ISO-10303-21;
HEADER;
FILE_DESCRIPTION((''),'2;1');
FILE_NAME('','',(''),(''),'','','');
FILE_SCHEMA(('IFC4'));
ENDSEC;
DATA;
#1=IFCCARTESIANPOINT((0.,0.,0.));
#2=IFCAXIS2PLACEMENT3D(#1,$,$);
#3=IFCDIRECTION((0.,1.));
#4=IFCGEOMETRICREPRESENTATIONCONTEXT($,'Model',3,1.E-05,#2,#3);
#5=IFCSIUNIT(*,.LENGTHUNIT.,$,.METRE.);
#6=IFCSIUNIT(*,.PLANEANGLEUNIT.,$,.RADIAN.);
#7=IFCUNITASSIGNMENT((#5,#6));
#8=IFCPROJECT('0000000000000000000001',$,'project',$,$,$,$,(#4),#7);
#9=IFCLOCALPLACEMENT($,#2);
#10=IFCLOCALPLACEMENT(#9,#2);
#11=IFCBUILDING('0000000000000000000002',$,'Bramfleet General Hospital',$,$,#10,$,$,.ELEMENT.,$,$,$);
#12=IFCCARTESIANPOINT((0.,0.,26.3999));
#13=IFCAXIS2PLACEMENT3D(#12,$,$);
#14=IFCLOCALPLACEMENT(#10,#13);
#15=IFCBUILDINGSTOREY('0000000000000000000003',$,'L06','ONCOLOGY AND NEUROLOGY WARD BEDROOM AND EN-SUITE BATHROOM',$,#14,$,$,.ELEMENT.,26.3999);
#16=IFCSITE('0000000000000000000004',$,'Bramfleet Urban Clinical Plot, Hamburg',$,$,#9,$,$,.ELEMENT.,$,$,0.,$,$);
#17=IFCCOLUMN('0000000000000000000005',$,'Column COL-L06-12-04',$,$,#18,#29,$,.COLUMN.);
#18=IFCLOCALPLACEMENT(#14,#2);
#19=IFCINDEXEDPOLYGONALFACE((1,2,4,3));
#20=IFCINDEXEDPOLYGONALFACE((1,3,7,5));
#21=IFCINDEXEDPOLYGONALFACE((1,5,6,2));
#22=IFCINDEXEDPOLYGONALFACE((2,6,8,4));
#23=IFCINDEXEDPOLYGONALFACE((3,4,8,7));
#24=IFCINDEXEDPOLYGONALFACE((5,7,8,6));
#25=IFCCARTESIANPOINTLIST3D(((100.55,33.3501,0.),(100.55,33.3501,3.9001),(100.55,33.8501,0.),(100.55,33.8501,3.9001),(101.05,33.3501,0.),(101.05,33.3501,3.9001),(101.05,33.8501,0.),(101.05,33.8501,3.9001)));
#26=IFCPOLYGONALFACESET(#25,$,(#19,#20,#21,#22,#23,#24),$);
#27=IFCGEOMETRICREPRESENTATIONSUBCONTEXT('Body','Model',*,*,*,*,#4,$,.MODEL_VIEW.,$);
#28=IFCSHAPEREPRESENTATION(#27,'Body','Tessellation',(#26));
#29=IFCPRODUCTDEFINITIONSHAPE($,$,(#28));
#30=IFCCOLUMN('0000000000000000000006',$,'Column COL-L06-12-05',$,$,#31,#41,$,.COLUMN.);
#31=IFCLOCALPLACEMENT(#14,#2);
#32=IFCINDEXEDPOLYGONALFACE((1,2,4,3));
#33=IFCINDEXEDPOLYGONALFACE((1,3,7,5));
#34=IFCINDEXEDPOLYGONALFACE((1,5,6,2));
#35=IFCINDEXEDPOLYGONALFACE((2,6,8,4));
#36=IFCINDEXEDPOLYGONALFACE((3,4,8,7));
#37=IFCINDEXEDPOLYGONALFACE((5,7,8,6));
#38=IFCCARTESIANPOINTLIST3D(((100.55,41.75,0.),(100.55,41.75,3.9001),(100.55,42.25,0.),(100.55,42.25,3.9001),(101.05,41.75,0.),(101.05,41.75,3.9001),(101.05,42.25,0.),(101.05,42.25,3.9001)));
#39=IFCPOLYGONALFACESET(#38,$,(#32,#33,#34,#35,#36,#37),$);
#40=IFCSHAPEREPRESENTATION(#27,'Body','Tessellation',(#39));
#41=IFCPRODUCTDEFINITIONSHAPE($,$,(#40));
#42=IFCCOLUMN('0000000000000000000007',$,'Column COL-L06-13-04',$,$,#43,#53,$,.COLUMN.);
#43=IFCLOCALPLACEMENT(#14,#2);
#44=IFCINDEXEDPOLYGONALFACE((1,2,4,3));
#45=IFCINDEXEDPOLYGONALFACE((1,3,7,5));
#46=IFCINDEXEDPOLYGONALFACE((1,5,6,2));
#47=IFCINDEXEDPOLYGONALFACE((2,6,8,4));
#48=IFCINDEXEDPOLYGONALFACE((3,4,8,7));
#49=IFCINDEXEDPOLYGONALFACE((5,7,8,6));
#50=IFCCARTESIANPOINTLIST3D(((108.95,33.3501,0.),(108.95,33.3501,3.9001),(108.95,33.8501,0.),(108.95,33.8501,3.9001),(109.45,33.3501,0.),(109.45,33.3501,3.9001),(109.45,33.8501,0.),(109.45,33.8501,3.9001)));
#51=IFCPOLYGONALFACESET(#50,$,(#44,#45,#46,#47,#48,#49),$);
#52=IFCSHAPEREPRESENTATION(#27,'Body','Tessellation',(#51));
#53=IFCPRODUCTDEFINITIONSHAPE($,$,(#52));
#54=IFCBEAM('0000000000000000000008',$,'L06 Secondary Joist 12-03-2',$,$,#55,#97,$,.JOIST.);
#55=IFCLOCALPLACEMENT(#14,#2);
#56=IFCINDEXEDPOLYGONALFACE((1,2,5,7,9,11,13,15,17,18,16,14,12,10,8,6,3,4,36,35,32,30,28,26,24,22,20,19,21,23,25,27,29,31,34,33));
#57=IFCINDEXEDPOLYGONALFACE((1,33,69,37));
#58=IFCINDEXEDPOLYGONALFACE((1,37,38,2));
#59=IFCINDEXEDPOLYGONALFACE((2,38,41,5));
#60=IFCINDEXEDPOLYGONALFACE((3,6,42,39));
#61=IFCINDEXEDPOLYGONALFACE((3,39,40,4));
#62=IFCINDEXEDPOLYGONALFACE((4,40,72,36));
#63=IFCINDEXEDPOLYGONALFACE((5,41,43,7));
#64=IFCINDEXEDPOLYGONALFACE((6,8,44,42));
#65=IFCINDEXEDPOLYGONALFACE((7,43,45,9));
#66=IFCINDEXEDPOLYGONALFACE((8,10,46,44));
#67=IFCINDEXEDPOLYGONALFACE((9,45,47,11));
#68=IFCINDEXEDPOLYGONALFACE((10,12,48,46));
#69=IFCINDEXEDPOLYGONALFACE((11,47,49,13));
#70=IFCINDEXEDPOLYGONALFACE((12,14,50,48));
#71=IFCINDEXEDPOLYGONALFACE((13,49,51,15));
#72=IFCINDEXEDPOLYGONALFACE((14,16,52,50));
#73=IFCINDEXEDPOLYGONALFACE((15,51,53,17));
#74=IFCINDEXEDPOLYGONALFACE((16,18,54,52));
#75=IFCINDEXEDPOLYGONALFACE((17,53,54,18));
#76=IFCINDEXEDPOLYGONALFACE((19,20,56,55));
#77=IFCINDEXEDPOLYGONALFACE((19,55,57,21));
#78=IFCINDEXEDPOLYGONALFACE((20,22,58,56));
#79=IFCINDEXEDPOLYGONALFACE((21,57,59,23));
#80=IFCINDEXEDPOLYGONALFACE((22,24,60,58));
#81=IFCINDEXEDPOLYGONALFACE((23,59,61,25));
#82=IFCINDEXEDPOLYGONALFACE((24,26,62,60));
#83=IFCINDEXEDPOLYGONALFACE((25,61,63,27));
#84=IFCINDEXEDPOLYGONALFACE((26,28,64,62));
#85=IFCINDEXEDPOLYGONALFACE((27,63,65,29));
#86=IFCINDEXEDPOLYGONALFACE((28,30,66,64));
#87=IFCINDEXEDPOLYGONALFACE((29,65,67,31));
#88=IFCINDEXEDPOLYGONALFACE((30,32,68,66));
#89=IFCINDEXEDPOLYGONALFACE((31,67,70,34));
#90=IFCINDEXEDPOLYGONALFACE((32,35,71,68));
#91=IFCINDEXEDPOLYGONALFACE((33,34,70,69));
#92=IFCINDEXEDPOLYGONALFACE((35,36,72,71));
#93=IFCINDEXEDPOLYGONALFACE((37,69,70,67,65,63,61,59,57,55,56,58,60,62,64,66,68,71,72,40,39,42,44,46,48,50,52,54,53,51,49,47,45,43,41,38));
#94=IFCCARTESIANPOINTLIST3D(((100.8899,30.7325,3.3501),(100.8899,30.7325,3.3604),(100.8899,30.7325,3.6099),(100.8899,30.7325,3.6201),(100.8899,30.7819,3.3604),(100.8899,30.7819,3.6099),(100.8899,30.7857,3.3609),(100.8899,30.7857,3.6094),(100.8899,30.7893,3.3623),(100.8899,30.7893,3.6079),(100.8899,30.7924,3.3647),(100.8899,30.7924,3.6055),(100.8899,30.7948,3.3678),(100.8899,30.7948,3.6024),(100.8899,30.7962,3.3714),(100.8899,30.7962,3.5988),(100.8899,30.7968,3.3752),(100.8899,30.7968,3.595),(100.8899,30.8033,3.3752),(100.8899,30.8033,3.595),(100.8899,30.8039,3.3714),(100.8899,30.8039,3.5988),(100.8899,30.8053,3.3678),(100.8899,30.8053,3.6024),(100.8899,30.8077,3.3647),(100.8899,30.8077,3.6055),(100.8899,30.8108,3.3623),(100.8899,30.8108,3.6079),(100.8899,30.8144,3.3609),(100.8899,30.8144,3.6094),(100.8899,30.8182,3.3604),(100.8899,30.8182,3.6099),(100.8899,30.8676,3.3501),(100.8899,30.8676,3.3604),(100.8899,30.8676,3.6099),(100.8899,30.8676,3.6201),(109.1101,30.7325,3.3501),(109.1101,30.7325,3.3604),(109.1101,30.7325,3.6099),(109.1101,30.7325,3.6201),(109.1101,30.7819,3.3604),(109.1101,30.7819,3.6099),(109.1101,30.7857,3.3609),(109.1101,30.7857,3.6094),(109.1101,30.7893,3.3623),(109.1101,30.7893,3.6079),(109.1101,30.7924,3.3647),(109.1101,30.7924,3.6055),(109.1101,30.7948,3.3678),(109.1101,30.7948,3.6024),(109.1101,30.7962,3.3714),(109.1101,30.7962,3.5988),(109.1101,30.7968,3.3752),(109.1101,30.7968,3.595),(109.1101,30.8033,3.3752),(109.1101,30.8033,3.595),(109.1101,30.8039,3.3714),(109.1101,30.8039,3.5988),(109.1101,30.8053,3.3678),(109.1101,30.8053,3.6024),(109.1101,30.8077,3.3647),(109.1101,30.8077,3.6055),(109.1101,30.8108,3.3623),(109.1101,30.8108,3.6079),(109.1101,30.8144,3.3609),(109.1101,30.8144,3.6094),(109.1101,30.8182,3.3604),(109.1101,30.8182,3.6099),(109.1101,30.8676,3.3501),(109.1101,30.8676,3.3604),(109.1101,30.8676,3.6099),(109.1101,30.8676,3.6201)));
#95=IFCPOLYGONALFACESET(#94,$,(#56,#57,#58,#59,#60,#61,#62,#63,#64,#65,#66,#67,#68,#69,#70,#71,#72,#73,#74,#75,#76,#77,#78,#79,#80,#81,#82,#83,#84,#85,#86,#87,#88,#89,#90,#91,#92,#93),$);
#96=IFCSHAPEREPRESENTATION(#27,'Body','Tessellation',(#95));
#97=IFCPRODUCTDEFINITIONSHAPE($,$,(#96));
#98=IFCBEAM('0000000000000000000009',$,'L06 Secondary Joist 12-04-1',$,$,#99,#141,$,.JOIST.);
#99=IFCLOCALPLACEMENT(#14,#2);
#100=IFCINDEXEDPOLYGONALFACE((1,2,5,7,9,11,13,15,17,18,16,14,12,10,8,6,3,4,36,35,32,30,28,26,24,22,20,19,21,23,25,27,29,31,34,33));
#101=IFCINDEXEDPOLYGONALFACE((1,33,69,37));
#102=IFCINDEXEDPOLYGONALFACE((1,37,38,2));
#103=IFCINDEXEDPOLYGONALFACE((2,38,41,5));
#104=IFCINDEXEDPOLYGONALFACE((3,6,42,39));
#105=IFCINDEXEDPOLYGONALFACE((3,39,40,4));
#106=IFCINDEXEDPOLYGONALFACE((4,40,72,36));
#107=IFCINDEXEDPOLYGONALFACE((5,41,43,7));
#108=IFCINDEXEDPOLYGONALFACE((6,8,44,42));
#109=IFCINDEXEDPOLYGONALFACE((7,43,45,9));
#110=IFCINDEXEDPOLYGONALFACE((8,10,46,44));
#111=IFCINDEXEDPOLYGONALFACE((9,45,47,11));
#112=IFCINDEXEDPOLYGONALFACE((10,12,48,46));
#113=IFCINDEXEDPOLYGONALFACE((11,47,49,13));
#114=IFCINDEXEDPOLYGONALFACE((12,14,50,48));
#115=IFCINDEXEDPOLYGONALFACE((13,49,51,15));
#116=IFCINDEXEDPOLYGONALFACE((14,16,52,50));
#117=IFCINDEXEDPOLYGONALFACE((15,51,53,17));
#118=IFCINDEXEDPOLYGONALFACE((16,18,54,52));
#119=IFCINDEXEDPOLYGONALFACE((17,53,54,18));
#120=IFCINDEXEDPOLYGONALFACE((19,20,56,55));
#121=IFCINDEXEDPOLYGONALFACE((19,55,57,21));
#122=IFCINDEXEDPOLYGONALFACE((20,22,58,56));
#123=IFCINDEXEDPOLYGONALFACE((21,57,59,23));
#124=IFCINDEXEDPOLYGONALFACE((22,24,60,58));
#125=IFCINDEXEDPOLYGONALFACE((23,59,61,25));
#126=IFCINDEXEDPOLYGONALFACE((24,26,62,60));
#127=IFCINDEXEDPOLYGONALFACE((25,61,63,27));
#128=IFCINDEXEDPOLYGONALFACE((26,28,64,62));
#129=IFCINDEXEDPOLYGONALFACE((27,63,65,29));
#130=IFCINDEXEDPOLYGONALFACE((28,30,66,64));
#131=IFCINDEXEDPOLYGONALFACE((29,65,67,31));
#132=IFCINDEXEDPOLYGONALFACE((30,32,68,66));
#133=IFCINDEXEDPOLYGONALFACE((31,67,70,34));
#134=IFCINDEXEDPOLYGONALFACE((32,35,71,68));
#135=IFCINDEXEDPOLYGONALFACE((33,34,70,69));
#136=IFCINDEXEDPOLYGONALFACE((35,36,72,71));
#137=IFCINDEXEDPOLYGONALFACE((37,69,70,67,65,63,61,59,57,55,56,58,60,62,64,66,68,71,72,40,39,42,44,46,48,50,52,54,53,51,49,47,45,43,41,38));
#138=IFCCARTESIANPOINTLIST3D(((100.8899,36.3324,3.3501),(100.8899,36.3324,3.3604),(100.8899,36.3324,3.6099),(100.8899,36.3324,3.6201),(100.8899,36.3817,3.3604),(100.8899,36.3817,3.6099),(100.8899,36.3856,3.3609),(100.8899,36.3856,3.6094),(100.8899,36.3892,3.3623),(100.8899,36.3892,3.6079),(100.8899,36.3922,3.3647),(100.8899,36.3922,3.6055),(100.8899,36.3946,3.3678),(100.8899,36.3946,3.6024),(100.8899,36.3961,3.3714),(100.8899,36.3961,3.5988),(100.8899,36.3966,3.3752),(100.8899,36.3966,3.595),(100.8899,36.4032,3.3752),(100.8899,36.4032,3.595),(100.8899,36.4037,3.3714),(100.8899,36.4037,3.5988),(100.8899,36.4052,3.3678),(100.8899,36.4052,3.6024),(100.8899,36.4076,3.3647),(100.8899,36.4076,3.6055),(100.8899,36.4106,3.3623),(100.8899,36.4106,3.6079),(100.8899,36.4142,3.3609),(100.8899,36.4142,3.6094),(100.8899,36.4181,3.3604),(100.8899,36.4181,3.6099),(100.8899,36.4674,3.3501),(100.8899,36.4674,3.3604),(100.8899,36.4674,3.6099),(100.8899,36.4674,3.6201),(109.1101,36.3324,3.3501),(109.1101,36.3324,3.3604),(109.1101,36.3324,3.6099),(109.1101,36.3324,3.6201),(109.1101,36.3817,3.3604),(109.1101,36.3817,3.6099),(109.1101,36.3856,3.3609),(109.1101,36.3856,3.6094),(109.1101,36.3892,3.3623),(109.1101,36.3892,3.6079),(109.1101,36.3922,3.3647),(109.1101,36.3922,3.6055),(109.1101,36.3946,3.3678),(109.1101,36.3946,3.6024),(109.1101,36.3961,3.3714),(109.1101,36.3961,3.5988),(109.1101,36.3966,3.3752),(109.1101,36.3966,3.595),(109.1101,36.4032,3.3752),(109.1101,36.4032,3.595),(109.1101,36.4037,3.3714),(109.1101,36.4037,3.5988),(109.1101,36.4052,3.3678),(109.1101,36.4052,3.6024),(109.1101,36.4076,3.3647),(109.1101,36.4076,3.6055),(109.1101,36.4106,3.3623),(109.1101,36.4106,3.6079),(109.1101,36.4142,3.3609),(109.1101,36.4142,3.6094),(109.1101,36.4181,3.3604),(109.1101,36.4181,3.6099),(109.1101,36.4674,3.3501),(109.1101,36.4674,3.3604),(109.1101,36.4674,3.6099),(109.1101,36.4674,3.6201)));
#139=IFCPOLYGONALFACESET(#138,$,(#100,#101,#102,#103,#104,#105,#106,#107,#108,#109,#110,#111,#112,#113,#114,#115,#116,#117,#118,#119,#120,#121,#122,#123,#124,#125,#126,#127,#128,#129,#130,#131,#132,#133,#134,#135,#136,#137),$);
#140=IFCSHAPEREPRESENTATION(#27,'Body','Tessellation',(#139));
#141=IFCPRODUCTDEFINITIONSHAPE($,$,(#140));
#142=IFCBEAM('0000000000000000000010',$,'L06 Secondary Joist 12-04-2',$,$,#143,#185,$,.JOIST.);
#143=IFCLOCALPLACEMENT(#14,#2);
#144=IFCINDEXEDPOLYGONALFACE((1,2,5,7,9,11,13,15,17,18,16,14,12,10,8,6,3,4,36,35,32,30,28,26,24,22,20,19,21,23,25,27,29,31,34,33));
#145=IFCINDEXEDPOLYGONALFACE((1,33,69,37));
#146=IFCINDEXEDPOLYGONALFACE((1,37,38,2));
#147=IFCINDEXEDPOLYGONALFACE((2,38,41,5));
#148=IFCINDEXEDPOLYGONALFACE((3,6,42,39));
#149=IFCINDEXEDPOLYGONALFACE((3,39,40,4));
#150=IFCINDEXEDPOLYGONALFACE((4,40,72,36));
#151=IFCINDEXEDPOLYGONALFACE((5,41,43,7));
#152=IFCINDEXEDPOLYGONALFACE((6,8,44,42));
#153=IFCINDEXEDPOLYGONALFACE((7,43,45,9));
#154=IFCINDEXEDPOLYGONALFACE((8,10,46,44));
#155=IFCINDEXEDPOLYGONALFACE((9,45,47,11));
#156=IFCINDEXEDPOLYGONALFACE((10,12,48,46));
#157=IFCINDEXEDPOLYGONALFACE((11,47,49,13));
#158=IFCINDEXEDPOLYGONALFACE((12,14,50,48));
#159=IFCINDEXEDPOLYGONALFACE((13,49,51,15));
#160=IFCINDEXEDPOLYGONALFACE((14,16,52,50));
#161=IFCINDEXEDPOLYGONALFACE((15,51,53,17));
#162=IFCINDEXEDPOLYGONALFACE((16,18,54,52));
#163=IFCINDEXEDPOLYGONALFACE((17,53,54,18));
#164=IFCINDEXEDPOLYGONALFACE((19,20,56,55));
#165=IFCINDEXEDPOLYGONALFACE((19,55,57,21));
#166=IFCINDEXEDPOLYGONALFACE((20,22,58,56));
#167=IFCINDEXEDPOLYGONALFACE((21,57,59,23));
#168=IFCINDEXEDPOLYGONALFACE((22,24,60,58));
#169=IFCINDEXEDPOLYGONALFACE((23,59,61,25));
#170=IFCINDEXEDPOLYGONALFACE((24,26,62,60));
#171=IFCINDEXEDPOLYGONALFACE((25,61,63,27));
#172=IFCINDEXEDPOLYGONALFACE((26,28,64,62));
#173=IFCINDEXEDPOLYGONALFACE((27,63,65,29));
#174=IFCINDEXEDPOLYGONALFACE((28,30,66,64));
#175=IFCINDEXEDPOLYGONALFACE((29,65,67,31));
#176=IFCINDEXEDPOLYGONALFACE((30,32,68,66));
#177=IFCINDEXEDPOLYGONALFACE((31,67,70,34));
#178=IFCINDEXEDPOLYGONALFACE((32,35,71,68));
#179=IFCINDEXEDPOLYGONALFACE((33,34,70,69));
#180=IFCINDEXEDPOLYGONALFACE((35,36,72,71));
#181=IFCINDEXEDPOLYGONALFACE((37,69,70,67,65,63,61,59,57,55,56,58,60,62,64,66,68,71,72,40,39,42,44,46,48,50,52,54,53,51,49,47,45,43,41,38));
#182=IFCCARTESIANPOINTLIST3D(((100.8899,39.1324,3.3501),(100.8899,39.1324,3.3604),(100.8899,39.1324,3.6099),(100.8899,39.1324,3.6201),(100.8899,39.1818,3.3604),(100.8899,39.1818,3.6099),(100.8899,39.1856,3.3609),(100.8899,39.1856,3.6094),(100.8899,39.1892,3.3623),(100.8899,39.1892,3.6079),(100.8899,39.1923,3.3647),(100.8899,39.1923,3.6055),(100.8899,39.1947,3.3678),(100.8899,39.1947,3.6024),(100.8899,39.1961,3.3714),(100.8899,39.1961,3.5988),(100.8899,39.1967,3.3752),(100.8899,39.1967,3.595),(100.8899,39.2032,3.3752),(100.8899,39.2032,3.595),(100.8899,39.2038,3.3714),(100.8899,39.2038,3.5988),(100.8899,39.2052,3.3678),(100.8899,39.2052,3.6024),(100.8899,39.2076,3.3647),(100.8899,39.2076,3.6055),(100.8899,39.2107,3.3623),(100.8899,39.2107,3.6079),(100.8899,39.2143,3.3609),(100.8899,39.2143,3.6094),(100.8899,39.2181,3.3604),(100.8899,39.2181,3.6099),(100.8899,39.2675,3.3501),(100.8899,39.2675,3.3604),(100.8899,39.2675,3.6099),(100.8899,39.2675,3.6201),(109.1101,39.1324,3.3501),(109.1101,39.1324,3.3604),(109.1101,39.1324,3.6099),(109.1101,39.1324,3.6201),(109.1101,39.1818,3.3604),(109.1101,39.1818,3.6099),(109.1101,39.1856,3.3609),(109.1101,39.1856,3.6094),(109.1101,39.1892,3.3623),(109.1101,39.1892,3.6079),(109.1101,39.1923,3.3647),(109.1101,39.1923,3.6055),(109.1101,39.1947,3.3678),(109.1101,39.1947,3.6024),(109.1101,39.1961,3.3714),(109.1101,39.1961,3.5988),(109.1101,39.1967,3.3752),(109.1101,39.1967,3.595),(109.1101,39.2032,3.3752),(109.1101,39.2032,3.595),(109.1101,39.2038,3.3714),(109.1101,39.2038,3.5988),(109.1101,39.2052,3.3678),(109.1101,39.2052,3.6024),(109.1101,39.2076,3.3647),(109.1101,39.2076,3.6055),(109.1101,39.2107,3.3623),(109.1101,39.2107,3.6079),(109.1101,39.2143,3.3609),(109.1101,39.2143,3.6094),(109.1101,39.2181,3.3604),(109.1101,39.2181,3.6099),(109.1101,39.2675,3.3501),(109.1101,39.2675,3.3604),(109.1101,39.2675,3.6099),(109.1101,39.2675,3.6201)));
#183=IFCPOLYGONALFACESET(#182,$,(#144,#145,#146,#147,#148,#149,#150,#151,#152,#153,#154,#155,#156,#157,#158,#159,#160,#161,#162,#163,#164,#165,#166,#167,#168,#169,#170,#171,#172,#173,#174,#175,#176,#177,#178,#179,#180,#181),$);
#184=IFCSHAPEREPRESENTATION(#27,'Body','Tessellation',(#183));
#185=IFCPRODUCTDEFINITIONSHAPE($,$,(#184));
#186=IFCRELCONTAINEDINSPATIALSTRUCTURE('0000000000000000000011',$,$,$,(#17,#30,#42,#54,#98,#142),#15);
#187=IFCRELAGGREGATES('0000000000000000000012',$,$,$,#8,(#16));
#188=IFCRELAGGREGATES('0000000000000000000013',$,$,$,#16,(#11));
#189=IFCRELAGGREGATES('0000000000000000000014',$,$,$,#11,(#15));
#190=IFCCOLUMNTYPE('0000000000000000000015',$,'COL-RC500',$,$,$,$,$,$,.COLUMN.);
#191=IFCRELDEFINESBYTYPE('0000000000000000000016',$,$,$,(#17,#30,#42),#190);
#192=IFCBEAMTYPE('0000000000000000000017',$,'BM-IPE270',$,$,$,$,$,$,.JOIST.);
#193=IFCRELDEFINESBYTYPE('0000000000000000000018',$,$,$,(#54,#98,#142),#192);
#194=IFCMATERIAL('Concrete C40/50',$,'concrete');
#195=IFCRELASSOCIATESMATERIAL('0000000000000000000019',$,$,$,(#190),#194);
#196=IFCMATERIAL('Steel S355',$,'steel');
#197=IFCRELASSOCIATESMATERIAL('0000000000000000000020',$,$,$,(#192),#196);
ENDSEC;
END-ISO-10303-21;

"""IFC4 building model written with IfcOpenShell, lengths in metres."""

from ifc_helpers import new_model, si_unit, direction, frame, origin, origin_2d, place, context, subcontext, project, spatial, rectangle, i_section, extrude, material, material_profile, profile_set, type_object, element, save


model = new_model("IFC4")

# Units and contexts
model_context = context("Model", 3, precision=1e-05, world=origin(), true_north=direction((0.0, 1.0)))
body_context = subcontext(model_context, "Body", "Model", "MODEL_VIEW")
ifc_project = project(units=[si_unit("LENGTHUNIT", "METRE"), si_unit("PLANEANGLEUNIT", "RADIAN")], contexts=[model_context])

# Site, building, storey
site_placement = place(None, origin())
site = spatial("IfcSite", under=ifc_project, at=site_placement, Name="Bramfleet Urban Clinical Plot, Hamburg", CompositionType="ELEMENT", RefElevation=0.0)
building_placement = place(site_placement, origin())
building = spatial("IfcBuilding", under=site, at=building_placement, Name="Bramfleet General Hospital", CompositionType="ELEMENT")
storey_placement = place(building_placement, frame((0.0, 0.0, 26.3999)))
storey = spatial("IfcBuildingStorey", under=building, at=storey_placement, Name="L06", Description="ONCOLOGY AND NEUROLOGY WARD BEDROOM AND EN-SUITE BATHROOM", CompositionType="ELEMENT", Elevation=26.3999)

# Columns
ifc_material_1 = material(Name="Concrete C40/50", Category="concrete")
ifc_material_profile_1 = material_profile(ifc_material_1, rectangle(XDim=0.5, YDim=0.5, at=origin_2d()), Name="RC COL 500x500")
ifc_profile_set_1 = profile_set([ifc_material_profile_1], Name="Concrete C40/50")
column_type = type_object("IfcColumnType", Name="COL-RC500", PredefinedType="COLUMN", material=ifc_profile_set_1)
for number, where, z_axis, x_axis, name in (
    (1, (100.8, 33.6001, 0.0), (0.0, 0.0, 1.0), (1.0, 0.0, 0.0), "Column COL-L06-12-04"),
    (2, (100.8, 42.0, 0.0), (0.0, 0.0, 1.0), (1.0, 0.0, 0.0), "Column COL-L06-12-05"),
    (3, (109.2, 33.6001, 0.0), (0.0, 0.0, 1.0), (1.0, 0.0, 0.0), "Column COL-L06-13-04"),
):
    element("IfcColumn", number, at=place(storey_placement, frame(where, z_axis=z_axis, x_axis=x_axis)), inside=storey, type_object=column_type, Name=name, PredefinedType="COLUMN", context=body_context, shape_type="SweptSolid", body=[
        extrude(rectangle(XDim=0.5, YDim=0.5, at=origin_2d()), origin(), (0.0, 0.0, 1.0), 3.9001),
    ])

# Beams
ifc_material_2 = material(Name="Steel S355", Category="steel")
ifc_material_profile_2 = material_profile(ifc_material_2, i_section(OverallWidth=0.135, OverallDepth=0.27, WebThickness=0.0066, FlangeThickness=0.0103, FilletRadius=0.0149, at=origin_2d()), Name="IPE 270")
ifc_profile_set_2 = profile_set([ifc_material_profile_2], Name="Steel S355")
beam_type_1 = type_object("IfcBeamType", Name="BM-IPE270", PredefinedType="JOIST", material=ifc_profile_set_2)
for number, where, z_axis, x_axis, name in (
    (4, (100.8899, 30.8, 3.4851), (1.0, 0.0, 0.0), (0.0, 1.0, 0.0), "L06 Secondary Joist 12-03-2"),
    (5, (100.8899, 36.3999, 3.4851), (1.0, 0.0, 0.0), (0.0, 1.0, 0.0), "L06 Secondary Joist 12-04-1"),
    (6, (100.8899, 39.2, 3.4851), (1.0, 0.0, 0.0), (0.0, 1.0, 0.0), "L06 Secondary Joist 12-04-2"),
):
    element("IfcBeam", number, at=place(storey_placement, frame(where, z_axis=z_axis, x_axis=x_axis)), inside=storey, type_object=beam_type_1, Name=name, PredefinedType="JOIST", context=body_context, shape_type="SweptSolid", body=[
        extrude(i_section(OverallWidth=0.135, OverallDepth=0.27, WebThickness=0.0066, FlangeThickness=0.0103, FilletRadius=0.0149, at=origin_2d()), origin(), (0.0, 0.0, 1.0), 8.2202),
    ])

save(model, "model.ifc")
